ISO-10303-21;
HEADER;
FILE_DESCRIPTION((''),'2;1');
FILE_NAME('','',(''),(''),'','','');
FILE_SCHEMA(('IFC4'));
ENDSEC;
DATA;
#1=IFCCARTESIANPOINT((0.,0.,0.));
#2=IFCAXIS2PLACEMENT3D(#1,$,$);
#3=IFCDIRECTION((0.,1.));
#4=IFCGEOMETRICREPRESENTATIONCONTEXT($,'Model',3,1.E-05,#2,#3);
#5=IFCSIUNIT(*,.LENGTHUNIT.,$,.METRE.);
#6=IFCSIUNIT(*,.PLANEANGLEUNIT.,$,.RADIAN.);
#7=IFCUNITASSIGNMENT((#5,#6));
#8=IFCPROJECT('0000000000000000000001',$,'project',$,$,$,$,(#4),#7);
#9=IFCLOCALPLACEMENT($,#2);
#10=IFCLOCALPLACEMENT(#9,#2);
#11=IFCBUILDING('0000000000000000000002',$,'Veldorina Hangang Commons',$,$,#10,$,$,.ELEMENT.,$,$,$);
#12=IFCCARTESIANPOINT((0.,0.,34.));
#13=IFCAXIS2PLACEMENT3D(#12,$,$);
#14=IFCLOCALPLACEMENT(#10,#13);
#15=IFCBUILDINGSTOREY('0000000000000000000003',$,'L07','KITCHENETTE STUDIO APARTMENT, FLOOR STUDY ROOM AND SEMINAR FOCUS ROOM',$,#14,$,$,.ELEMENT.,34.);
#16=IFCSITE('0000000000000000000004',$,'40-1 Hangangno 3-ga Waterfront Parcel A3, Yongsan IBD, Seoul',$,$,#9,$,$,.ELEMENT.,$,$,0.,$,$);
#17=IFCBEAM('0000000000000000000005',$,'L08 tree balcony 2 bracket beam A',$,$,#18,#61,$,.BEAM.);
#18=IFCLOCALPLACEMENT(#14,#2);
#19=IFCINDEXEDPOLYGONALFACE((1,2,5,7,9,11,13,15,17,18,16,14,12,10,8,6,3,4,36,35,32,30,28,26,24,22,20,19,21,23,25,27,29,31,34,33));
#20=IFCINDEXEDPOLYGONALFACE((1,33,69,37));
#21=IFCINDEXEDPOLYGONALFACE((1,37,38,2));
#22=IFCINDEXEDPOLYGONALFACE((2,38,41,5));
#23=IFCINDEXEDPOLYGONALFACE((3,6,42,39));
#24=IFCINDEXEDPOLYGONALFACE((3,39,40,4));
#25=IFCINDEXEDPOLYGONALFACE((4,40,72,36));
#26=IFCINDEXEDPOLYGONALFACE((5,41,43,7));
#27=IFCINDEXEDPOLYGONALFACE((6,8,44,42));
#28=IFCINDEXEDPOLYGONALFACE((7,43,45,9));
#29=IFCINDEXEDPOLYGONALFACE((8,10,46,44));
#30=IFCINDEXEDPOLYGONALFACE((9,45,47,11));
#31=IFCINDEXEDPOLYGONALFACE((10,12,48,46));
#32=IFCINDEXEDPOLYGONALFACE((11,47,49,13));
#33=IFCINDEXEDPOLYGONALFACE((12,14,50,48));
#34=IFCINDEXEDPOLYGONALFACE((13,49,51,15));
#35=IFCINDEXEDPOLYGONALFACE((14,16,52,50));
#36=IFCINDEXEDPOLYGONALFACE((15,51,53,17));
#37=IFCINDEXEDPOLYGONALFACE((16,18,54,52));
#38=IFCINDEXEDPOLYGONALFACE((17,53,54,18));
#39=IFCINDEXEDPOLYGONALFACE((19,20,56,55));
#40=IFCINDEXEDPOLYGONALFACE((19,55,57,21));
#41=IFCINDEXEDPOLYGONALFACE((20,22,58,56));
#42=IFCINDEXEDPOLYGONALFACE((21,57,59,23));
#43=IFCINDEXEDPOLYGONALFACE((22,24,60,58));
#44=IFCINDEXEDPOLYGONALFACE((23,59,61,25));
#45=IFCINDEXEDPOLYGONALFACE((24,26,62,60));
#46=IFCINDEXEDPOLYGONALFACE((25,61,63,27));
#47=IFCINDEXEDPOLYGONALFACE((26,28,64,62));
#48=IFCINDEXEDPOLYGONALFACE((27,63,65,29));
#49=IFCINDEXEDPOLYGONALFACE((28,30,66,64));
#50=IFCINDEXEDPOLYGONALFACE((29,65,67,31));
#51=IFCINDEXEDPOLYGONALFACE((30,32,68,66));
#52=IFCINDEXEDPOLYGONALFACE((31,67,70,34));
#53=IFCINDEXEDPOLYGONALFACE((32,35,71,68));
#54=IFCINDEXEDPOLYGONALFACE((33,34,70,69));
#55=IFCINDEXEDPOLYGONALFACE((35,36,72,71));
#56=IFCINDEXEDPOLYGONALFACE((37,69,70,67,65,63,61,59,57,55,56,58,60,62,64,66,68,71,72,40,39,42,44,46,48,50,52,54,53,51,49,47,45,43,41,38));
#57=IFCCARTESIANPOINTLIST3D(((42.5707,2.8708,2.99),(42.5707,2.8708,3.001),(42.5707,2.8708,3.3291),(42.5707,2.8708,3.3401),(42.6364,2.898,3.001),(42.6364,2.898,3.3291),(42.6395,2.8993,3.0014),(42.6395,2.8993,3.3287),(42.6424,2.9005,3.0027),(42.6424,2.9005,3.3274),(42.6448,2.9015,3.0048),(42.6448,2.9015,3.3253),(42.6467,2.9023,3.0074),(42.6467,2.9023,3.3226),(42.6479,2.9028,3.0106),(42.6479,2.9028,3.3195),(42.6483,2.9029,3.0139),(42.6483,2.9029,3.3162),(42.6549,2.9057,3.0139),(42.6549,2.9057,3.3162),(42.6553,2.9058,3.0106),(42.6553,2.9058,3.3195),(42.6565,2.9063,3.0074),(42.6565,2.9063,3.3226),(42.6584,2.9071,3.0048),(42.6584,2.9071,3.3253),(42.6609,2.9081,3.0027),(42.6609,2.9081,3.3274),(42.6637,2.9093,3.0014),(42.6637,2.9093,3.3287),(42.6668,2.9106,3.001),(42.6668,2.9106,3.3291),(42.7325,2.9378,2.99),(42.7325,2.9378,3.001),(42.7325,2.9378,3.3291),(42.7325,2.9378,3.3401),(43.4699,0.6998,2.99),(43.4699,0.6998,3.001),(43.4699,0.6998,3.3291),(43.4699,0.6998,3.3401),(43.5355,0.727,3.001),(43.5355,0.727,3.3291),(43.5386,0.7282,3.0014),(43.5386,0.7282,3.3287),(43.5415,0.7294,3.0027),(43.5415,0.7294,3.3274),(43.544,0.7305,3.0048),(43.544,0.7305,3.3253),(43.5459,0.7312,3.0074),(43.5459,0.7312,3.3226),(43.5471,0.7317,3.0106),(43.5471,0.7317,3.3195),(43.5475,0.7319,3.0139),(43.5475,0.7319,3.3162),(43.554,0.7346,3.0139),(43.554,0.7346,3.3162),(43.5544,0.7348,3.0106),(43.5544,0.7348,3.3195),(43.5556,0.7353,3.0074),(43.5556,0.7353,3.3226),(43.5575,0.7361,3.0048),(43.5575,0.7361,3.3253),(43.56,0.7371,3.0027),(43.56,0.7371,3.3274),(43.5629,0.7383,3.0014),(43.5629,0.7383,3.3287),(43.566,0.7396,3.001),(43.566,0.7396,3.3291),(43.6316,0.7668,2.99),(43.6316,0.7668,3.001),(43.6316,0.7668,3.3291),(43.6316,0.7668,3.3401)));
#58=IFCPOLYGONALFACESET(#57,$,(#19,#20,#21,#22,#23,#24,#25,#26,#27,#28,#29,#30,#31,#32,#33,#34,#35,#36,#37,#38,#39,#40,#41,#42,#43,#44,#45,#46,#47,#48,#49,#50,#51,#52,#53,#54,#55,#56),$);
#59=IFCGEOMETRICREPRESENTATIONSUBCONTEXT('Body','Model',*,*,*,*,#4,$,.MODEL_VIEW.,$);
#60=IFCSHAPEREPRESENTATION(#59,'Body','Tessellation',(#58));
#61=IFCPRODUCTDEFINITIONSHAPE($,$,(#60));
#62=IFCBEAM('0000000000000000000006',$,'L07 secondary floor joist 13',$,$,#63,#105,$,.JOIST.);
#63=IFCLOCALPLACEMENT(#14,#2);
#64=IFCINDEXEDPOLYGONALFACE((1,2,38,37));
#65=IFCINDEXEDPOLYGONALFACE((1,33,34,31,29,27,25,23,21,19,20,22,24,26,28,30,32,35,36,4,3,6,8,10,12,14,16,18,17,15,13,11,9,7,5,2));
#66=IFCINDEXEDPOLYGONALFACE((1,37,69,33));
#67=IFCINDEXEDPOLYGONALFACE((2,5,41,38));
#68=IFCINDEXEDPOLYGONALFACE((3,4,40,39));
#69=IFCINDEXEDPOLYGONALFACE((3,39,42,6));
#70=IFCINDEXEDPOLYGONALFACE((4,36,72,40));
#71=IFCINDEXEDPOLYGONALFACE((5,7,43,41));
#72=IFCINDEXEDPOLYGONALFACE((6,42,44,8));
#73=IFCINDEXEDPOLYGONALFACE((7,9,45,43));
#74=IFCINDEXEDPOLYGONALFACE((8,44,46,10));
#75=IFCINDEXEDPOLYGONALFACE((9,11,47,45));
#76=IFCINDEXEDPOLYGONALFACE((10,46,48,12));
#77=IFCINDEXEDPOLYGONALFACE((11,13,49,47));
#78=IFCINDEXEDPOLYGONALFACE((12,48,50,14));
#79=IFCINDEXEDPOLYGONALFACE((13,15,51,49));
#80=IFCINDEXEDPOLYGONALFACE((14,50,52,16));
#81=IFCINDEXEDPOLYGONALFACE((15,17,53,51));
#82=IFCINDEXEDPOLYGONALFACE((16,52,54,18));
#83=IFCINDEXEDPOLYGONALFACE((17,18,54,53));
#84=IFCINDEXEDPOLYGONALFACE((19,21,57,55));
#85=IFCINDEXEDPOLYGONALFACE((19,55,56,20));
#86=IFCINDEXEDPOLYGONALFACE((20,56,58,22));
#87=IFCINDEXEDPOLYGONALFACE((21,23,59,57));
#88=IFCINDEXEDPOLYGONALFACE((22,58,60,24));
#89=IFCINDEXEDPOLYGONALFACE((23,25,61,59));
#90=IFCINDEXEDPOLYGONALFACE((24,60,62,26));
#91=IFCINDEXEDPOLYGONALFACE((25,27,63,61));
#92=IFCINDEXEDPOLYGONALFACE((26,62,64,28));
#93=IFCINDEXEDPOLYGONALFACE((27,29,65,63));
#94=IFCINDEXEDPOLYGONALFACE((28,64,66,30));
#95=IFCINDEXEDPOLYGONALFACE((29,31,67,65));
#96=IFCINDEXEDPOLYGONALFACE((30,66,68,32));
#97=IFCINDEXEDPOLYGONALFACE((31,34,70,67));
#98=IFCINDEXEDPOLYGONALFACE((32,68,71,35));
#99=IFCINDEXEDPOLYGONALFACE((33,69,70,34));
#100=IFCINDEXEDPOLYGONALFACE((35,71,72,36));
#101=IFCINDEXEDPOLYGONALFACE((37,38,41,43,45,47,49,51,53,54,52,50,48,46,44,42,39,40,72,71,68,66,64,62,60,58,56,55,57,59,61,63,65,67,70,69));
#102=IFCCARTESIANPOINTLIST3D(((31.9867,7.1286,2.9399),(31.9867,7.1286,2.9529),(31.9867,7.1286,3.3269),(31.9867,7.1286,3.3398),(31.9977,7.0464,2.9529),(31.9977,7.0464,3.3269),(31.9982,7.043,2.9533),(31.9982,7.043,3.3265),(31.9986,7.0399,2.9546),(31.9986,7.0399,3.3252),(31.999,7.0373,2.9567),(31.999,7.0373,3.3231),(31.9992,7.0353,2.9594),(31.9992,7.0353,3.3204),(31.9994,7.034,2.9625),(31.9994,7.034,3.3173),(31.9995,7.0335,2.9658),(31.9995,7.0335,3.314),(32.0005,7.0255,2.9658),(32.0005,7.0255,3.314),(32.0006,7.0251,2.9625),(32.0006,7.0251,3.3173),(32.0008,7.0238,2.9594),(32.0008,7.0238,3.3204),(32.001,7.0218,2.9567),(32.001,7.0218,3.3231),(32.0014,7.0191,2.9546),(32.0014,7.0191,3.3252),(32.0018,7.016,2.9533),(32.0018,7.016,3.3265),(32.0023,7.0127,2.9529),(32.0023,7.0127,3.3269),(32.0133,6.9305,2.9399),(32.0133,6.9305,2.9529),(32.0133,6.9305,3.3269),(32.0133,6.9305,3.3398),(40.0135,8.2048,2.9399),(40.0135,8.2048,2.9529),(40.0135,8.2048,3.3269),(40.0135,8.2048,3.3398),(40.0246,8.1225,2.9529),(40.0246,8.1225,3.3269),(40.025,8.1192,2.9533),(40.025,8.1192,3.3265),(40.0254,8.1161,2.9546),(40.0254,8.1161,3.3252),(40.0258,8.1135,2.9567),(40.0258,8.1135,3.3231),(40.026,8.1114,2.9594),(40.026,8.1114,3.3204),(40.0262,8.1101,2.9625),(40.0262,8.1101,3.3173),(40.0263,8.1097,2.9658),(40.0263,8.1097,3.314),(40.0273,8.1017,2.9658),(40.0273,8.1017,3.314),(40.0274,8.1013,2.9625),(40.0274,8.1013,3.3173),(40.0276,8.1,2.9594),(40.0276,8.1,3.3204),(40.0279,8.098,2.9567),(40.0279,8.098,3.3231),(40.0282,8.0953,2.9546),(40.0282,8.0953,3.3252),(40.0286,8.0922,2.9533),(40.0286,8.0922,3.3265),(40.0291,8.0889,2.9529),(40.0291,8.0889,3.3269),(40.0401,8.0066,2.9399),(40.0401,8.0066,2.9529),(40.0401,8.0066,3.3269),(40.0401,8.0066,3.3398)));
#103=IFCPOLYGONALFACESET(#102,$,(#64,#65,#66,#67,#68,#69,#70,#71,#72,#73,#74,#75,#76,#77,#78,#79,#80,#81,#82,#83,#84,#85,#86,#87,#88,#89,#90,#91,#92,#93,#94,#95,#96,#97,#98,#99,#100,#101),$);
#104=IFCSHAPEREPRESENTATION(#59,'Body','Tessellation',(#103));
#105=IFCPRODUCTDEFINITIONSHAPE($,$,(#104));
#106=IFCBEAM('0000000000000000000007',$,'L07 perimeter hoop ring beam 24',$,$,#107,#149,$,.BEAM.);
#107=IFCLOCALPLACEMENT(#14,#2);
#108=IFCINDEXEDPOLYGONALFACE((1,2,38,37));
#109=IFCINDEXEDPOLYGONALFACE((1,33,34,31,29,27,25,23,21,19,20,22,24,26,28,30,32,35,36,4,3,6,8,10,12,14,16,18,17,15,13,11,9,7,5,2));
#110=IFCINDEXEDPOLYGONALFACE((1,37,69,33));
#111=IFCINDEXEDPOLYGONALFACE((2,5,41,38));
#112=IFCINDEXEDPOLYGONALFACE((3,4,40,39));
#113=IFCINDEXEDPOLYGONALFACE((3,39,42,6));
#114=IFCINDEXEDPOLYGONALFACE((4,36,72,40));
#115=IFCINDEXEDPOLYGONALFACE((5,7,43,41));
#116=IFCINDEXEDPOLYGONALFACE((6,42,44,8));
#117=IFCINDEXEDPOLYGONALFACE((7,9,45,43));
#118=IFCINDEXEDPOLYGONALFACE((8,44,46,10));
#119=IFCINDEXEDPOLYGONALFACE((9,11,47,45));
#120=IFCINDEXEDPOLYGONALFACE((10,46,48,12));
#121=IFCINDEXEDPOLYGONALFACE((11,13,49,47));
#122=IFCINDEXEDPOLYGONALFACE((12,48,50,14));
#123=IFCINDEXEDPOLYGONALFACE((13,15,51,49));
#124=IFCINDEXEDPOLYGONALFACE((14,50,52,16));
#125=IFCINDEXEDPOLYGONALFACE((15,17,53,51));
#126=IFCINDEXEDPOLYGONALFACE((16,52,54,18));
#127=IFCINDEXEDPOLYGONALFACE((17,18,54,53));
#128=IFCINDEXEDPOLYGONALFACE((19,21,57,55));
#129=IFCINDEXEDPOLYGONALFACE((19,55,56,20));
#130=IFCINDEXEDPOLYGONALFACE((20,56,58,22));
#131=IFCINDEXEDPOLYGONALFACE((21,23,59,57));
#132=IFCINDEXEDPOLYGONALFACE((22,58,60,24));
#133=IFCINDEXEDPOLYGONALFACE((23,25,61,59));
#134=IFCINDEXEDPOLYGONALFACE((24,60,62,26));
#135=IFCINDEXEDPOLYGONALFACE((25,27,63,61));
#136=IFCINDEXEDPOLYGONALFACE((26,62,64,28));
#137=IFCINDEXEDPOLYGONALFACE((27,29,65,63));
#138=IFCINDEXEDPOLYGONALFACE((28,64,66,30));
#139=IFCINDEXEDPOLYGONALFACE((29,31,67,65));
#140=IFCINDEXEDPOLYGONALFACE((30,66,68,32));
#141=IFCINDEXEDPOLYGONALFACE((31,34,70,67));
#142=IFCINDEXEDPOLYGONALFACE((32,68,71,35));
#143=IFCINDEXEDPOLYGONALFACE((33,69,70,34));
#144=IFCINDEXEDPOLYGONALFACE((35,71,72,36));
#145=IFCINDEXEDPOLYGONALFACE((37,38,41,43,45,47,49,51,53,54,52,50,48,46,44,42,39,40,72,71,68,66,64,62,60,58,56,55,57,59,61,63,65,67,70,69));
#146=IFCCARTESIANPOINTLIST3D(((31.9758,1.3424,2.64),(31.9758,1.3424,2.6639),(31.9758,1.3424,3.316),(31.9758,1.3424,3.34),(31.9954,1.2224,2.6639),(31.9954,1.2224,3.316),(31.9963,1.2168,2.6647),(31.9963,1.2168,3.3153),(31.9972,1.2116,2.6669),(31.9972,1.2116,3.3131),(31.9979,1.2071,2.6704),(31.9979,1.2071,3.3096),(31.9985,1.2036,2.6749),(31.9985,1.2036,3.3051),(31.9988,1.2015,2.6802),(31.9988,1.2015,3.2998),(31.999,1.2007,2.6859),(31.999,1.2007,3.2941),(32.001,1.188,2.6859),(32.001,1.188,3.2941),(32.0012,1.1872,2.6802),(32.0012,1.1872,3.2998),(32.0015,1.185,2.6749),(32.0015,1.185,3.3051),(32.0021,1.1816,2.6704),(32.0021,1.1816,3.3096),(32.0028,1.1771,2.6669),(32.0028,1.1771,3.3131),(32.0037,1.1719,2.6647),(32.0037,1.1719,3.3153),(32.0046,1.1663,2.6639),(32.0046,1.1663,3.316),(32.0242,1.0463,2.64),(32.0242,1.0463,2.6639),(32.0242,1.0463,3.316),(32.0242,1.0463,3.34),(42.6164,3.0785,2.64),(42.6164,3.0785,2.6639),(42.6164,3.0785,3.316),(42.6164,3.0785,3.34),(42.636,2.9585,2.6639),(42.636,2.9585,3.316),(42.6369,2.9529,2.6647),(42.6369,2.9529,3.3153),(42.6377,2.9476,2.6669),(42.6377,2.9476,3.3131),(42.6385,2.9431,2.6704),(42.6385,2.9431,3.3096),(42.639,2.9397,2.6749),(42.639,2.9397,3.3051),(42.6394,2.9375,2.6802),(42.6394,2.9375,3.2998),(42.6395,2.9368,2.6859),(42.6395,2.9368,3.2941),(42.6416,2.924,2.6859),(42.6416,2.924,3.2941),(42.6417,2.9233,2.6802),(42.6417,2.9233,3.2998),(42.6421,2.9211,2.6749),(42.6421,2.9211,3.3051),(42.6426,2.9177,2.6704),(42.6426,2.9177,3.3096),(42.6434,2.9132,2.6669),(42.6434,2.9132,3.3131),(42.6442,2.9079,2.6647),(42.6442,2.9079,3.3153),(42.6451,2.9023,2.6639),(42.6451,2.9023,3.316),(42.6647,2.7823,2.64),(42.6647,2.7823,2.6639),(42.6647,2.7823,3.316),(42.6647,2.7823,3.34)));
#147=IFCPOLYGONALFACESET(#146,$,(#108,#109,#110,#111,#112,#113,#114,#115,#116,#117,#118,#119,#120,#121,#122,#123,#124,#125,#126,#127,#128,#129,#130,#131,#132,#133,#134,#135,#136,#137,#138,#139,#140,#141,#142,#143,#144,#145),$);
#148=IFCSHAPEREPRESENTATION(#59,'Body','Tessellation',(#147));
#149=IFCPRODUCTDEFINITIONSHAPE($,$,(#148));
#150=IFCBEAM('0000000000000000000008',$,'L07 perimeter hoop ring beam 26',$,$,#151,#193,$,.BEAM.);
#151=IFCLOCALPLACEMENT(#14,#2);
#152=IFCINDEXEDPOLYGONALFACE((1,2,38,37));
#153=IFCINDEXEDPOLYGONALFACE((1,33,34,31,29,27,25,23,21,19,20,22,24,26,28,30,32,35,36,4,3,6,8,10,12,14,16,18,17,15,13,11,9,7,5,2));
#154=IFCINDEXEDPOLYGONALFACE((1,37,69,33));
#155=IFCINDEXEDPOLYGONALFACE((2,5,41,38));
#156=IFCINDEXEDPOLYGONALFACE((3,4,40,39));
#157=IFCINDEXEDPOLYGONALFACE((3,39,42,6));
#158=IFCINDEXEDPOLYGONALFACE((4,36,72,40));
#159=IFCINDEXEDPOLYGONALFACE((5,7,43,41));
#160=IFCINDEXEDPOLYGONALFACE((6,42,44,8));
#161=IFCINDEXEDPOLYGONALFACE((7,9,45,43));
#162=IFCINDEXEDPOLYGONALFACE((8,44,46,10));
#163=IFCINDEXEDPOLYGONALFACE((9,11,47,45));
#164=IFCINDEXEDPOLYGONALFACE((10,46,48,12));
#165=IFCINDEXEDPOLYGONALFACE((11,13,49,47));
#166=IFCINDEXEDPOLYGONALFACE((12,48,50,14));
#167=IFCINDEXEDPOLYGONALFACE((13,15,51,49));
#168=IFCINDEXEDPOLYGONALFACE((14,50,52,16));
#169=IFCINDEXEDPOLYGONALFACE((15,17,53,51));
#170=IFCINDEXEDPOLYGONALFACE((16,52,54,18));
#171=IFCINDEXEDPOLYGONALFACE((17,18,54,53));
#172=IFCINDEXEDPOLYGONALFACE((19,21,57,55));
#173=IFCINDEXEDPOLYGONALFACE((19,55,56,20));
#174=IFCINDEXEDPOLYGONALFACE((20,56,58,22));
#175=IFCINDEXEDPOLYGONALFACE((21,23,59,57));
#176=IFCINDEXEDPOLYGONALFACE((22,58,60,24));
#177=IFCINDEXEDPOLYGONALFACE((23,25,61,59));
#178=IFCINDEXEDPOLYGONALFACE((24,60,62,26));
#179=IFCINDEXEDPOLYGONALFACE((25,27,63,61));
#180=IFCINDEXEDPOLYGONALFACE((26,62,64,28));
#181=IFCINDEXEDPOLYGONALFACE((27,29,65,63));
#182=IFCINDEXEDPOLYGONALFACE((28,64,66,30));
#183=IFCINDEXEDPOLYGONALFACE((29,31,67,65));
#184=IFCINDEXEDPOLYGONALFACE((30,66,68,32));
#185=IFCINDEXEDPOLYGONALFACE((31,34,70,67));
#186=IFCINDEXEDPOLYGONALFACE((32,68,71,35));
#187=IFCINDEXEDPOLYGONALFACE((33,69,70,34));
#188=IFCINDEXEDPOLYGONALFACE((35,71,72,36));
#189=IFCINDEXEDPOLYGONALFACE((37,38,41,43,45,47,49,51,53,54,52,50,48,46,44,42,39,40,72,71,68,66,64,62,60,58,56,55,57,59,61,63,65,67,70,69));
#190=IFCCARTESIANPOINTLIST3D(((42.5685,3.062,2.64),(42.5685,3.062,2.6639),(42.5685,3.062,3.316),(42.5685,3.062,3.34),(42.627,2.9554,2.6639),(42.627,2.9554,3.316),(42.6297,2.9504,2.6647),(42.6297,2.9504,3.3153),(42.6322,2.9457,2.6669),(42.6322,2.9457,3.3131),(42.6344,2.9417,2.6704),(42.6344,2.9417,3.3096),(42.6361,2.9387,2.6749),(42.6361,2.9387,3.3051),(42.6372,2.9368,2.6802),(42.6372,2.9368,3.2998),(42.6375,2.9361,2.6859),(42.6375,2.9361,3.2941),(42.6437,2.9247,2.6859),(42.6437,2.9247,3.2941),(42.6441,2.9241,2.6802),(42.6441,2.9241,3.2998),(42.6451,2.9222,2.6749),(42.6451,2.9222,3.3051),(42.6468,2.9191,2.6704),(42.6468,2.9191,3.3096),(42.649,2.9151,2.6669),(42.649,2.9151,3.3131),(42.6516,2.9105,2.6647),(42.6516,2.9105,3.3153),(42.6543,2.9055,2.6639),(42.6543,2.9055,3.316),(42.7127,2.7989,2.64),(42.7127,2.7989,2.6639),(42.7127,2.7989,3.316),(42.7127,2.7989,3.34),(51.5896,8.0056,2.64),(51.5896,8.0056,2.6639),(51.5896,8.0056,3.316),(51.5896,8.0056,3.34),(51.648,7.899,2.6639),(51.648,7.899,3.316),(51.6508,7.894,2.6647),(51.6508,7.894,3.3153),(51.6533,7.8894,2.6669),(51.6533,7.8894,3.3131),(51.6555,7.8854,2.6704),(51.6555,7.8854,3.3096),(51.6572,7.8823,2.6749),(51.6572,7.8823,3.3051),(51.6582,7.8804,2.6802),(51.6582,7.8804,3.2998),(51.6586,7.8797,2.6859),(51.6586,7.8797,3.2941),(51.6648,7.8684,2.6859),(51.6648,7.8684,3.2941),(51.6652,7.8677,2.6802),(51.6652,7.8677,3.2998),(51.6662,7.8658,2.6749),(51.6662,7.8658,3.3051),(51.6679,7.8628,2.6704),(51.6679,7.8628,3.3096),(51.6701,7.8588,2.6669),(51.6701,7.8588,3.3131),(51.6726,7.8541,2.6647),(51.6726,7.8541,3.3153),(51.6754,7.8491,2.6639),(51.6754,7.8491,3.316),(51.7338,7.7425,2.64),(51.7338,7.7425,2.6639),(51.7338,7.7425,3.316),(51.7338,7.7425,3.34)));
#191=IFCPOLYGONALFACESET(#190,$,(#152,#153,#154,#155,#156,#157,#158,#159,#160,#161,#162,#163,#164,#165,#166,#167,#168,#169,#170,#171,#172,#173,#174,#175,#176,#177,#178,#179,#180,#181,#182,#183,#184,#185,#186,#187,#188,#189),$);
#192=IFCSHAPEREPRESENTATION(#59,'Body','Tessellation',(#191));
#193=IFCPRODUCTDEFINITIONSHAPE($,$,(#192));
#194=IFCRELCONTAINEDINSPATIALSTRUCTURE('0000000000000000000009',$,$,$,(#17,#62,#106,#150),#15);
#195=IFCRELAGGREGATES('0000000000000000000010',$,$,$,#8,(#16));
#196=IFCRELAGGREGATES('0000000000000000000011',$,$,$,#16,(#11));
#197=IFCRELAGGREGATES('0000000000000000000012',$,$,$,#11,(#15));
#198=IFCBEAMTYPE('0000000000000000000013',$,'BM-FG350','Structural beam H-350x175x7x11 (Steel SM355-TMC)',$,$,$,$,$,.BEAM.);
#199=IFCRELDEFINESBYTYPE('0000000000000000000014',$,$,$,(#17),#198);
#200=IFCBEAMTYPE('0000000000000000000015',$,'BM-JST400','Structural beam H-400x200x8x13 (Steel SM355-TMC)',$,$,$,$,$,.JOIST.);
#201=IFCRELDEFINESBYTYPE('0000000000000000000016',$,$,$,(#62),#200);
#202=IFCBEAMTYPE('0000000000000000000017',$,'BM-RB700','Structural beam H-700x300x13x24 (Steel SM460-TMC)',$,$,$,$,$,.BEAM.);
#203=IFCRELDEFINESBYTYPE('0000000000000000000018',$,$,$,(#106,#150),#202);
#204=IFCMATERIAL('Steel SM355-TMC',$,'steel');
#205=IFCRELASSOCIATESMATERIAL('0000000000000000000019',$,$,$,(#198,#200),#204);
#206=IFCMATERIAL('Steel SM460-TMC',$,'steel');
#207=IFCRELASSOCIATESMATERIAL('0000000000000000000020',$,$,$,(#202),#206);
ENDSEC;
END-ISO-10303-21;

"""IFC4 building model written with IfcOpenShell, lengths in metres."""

from ifc_helpers import new_model, si_unit, direction, frame, origin, origin_2d, place, context, subcontext, project, spatial, i_section, extrude, material, material_profile, profile_set, type_object, element, save


model = new_model("IFC4")

# Units and contexts
model_context = context("Model", 3, precision=1e-05, world=origin(), true_north=direction((0.0, 1.0)))
body_context = subcontext(model_context, "Body", "Model", "MODEL_VIEW")
ifc_project = project(units=[si_unit("LENGTHUNIT", "METRE"), si_unit("PLANEANGLEUNIT", "RADIAN")], contexts=[model_context])

# Site, building, storey
site_placement = place(None, origin())
site = spatial("IfcSite", under=ifc_project, at=site_placement, Name="40-1 Hangangno 3-ga Waterfront Parcel A3, Yongsan IBD, Seoul", CompositionType="ELEMENT", RefElevation=0.0)
building_placement = place(site_placement, origin())
building = spatial("IfcBuilding", under=site, at=building_placement, Name="Veldorina Hangang Commons", CompositionType="ELEMENT")
storey_placement = place(building_placement, frame((0.0, 0.0, 34.0)))
storey = spatial("IfcBuildingStorey", under=building, at=storey_placement, Name="L07", Description="KITCHENETTE STUDIO APARTMENT, FLOOR STUDY ROOM AND SEMINAR FOCUS ROOM", CompositionType="ELEMENT", Elevation=34.0)

# Beams
ifc_material_1 = material(Name="Steel SM355-TMC", Category="steel")
ifc_material_profile_1 = material_profile(ifc_material_1, i_section(OverallWidth=0.175, OverallDepth=0.3501, WebThickness=0.0071, FlangeThickness=0.011, FilletRadius=0.0129, at=origin_2d()), Name="H-350x175x7x11")
ifc_profile_set_1 = profile_set([ifc_material_profile_1], Name="Steel SM355-TMC")
beam_type_1 = type_object("IfcBeamType", Name="BM-FG350", Description="Structural beam H-350x175x7x11 (Steel SM355-TMC)", PredefinedType="BEAM", material=ifc_profile_set_1)
beam_1_placement = place(storey_placement, frame((42.6516, 2.9043, 3.165), z_axis=(0.38263, -0.923902, 0.0), x_axis=(0.923902, 0.38263, 0.0)))
element("IfcBeam", 1, at=beam_1_placement, inside=storey, type_object=beam_type_1, Name="L08 tree balcony 2 bracket beam A", PredefinedType="BEAM", context=body_context, shape_type="SweptSolid", body=[
    extrude(i_section(OverallWidth=0.175, OverallDepth=0.3501, WebThickness=0.0071, FlangeThickness=0.011, FilletRadius=0.0129, at=origin_2d()), origin(), (0.0, 0.0, 1.0), 2.3499),
])
ifc_material_profile_2 = material_profile(ifc_material_1, i_section(OverallWidth=0.2, OverallDepth=0.3999, WebThickness=0.0081, FlangeThickness=0.0129, FilletRadius=0.0129, at=origin_2d()), Name="H-400x200x8x13")
ifc_profile_set_2 = profile_set([ifc_material_profile_2], Name="Steel SM355-TMC")
beam_type_2 = type_object("IfcBeamType", Name="BM-JST400", Description="Structural beam H-400x200x8x13 (Steel SM355-TMC)", PredefinedType="JOIST", material=ifc_profile_set_2)
beam_2_placement = place(storey_placement, frame((32.0, 7.0295, 3.1399), z_axis=(0.991132, 0.132882, 0.0), x_axis=(-0.132882, 0.991132, 0.0)))
element("IfcBeam", 2, at=beam_2_placement, inside=storey, type_object=beam_type_2, Name="L07 secondary floor joist 13", PredefinedType="JOIST", context=body_context, shape_type="SweptSolid", body=[
    extrude(i_section(OverallWidth=0.2, OverallDepth=0.3999, WebThickness=0.0081, FlangeThickness=0.0129, FilletRadius=0.0129, at=origin_2d()), origin(), (0.0, 0.0, 1.0), 8.0986),
])
ifc_material_2 = material(Name="Steel SM460-TMC", Category="steel")
ifc_material_profile_3 = material_profile(ifc_material_2, i_section(OverallWidth=0.3, OverallDepth=0.7, WebThickness=0.0129, FlangeThickness=0.0239, FilletRadius=0.022, at=origin_2d()), Name="H-700x300x13x24")
ifc_profile_set_3 = profile_set([ifc_material_profile_3], Name="Steel SM460-TMC")
beam_type_3 = type_object("IfcBeamType", Name="BM-RB700", Description="Structural beam H-700x300x13x24 (Steel SM460-TMC)", PredefinedType="BEAM", material=ifc_profile_set_3)
beam_3_placement = place(storey_placement, frame((32.0, 1.1943, 2.99), z_axis=(0.98695, 0.161027, 0.0), x_axis=(-0.161027, 0.98695, 0.0)))
element("IfcBeam", 3, at=beam_3_placement, inside=storey, type_object=beam_type_3, Name="L07 perimeter hoop ring beam 24", PredefinedType="BEAM", context=body_context, shape_type="SweptSolid", body=[
    extrude(i_section(OverallWidth=0.3, OverallDepth=0.7, WebThickness=0.0129, FlangeThickness=0.0239, FilletRadius=0.022, at=origin_2d()), origin(), (0.0, 0.0, 1.0), 10.7812),
])
beam_4_placement = place(storey_placement, frame((42.6406, 2.9304, 2.99), z_axis=(0.876951, 0.480579, 0.0), x_axis=(-0.480579, 0.876951, 0.0)))
element("IfcBeam", 4, at=beam_4_placement, inside=storey, type_object=beam_type_3, Name="L07 perimeter hoop ring beam 26", PredefinedType="BEAM", context=body_context, shape_type="SweptSolid", body=[
    extrude(i_section(OverallWidth=0.3, OverallDepth=0.7, WebThickness=0.0129, FlangeThickness=0.0239, FilletRadius=0.022, at=origin_2d()), origin(), (0.0, 0.0, 1.0), 10.2869),
])

save(model, "model.ifc")
